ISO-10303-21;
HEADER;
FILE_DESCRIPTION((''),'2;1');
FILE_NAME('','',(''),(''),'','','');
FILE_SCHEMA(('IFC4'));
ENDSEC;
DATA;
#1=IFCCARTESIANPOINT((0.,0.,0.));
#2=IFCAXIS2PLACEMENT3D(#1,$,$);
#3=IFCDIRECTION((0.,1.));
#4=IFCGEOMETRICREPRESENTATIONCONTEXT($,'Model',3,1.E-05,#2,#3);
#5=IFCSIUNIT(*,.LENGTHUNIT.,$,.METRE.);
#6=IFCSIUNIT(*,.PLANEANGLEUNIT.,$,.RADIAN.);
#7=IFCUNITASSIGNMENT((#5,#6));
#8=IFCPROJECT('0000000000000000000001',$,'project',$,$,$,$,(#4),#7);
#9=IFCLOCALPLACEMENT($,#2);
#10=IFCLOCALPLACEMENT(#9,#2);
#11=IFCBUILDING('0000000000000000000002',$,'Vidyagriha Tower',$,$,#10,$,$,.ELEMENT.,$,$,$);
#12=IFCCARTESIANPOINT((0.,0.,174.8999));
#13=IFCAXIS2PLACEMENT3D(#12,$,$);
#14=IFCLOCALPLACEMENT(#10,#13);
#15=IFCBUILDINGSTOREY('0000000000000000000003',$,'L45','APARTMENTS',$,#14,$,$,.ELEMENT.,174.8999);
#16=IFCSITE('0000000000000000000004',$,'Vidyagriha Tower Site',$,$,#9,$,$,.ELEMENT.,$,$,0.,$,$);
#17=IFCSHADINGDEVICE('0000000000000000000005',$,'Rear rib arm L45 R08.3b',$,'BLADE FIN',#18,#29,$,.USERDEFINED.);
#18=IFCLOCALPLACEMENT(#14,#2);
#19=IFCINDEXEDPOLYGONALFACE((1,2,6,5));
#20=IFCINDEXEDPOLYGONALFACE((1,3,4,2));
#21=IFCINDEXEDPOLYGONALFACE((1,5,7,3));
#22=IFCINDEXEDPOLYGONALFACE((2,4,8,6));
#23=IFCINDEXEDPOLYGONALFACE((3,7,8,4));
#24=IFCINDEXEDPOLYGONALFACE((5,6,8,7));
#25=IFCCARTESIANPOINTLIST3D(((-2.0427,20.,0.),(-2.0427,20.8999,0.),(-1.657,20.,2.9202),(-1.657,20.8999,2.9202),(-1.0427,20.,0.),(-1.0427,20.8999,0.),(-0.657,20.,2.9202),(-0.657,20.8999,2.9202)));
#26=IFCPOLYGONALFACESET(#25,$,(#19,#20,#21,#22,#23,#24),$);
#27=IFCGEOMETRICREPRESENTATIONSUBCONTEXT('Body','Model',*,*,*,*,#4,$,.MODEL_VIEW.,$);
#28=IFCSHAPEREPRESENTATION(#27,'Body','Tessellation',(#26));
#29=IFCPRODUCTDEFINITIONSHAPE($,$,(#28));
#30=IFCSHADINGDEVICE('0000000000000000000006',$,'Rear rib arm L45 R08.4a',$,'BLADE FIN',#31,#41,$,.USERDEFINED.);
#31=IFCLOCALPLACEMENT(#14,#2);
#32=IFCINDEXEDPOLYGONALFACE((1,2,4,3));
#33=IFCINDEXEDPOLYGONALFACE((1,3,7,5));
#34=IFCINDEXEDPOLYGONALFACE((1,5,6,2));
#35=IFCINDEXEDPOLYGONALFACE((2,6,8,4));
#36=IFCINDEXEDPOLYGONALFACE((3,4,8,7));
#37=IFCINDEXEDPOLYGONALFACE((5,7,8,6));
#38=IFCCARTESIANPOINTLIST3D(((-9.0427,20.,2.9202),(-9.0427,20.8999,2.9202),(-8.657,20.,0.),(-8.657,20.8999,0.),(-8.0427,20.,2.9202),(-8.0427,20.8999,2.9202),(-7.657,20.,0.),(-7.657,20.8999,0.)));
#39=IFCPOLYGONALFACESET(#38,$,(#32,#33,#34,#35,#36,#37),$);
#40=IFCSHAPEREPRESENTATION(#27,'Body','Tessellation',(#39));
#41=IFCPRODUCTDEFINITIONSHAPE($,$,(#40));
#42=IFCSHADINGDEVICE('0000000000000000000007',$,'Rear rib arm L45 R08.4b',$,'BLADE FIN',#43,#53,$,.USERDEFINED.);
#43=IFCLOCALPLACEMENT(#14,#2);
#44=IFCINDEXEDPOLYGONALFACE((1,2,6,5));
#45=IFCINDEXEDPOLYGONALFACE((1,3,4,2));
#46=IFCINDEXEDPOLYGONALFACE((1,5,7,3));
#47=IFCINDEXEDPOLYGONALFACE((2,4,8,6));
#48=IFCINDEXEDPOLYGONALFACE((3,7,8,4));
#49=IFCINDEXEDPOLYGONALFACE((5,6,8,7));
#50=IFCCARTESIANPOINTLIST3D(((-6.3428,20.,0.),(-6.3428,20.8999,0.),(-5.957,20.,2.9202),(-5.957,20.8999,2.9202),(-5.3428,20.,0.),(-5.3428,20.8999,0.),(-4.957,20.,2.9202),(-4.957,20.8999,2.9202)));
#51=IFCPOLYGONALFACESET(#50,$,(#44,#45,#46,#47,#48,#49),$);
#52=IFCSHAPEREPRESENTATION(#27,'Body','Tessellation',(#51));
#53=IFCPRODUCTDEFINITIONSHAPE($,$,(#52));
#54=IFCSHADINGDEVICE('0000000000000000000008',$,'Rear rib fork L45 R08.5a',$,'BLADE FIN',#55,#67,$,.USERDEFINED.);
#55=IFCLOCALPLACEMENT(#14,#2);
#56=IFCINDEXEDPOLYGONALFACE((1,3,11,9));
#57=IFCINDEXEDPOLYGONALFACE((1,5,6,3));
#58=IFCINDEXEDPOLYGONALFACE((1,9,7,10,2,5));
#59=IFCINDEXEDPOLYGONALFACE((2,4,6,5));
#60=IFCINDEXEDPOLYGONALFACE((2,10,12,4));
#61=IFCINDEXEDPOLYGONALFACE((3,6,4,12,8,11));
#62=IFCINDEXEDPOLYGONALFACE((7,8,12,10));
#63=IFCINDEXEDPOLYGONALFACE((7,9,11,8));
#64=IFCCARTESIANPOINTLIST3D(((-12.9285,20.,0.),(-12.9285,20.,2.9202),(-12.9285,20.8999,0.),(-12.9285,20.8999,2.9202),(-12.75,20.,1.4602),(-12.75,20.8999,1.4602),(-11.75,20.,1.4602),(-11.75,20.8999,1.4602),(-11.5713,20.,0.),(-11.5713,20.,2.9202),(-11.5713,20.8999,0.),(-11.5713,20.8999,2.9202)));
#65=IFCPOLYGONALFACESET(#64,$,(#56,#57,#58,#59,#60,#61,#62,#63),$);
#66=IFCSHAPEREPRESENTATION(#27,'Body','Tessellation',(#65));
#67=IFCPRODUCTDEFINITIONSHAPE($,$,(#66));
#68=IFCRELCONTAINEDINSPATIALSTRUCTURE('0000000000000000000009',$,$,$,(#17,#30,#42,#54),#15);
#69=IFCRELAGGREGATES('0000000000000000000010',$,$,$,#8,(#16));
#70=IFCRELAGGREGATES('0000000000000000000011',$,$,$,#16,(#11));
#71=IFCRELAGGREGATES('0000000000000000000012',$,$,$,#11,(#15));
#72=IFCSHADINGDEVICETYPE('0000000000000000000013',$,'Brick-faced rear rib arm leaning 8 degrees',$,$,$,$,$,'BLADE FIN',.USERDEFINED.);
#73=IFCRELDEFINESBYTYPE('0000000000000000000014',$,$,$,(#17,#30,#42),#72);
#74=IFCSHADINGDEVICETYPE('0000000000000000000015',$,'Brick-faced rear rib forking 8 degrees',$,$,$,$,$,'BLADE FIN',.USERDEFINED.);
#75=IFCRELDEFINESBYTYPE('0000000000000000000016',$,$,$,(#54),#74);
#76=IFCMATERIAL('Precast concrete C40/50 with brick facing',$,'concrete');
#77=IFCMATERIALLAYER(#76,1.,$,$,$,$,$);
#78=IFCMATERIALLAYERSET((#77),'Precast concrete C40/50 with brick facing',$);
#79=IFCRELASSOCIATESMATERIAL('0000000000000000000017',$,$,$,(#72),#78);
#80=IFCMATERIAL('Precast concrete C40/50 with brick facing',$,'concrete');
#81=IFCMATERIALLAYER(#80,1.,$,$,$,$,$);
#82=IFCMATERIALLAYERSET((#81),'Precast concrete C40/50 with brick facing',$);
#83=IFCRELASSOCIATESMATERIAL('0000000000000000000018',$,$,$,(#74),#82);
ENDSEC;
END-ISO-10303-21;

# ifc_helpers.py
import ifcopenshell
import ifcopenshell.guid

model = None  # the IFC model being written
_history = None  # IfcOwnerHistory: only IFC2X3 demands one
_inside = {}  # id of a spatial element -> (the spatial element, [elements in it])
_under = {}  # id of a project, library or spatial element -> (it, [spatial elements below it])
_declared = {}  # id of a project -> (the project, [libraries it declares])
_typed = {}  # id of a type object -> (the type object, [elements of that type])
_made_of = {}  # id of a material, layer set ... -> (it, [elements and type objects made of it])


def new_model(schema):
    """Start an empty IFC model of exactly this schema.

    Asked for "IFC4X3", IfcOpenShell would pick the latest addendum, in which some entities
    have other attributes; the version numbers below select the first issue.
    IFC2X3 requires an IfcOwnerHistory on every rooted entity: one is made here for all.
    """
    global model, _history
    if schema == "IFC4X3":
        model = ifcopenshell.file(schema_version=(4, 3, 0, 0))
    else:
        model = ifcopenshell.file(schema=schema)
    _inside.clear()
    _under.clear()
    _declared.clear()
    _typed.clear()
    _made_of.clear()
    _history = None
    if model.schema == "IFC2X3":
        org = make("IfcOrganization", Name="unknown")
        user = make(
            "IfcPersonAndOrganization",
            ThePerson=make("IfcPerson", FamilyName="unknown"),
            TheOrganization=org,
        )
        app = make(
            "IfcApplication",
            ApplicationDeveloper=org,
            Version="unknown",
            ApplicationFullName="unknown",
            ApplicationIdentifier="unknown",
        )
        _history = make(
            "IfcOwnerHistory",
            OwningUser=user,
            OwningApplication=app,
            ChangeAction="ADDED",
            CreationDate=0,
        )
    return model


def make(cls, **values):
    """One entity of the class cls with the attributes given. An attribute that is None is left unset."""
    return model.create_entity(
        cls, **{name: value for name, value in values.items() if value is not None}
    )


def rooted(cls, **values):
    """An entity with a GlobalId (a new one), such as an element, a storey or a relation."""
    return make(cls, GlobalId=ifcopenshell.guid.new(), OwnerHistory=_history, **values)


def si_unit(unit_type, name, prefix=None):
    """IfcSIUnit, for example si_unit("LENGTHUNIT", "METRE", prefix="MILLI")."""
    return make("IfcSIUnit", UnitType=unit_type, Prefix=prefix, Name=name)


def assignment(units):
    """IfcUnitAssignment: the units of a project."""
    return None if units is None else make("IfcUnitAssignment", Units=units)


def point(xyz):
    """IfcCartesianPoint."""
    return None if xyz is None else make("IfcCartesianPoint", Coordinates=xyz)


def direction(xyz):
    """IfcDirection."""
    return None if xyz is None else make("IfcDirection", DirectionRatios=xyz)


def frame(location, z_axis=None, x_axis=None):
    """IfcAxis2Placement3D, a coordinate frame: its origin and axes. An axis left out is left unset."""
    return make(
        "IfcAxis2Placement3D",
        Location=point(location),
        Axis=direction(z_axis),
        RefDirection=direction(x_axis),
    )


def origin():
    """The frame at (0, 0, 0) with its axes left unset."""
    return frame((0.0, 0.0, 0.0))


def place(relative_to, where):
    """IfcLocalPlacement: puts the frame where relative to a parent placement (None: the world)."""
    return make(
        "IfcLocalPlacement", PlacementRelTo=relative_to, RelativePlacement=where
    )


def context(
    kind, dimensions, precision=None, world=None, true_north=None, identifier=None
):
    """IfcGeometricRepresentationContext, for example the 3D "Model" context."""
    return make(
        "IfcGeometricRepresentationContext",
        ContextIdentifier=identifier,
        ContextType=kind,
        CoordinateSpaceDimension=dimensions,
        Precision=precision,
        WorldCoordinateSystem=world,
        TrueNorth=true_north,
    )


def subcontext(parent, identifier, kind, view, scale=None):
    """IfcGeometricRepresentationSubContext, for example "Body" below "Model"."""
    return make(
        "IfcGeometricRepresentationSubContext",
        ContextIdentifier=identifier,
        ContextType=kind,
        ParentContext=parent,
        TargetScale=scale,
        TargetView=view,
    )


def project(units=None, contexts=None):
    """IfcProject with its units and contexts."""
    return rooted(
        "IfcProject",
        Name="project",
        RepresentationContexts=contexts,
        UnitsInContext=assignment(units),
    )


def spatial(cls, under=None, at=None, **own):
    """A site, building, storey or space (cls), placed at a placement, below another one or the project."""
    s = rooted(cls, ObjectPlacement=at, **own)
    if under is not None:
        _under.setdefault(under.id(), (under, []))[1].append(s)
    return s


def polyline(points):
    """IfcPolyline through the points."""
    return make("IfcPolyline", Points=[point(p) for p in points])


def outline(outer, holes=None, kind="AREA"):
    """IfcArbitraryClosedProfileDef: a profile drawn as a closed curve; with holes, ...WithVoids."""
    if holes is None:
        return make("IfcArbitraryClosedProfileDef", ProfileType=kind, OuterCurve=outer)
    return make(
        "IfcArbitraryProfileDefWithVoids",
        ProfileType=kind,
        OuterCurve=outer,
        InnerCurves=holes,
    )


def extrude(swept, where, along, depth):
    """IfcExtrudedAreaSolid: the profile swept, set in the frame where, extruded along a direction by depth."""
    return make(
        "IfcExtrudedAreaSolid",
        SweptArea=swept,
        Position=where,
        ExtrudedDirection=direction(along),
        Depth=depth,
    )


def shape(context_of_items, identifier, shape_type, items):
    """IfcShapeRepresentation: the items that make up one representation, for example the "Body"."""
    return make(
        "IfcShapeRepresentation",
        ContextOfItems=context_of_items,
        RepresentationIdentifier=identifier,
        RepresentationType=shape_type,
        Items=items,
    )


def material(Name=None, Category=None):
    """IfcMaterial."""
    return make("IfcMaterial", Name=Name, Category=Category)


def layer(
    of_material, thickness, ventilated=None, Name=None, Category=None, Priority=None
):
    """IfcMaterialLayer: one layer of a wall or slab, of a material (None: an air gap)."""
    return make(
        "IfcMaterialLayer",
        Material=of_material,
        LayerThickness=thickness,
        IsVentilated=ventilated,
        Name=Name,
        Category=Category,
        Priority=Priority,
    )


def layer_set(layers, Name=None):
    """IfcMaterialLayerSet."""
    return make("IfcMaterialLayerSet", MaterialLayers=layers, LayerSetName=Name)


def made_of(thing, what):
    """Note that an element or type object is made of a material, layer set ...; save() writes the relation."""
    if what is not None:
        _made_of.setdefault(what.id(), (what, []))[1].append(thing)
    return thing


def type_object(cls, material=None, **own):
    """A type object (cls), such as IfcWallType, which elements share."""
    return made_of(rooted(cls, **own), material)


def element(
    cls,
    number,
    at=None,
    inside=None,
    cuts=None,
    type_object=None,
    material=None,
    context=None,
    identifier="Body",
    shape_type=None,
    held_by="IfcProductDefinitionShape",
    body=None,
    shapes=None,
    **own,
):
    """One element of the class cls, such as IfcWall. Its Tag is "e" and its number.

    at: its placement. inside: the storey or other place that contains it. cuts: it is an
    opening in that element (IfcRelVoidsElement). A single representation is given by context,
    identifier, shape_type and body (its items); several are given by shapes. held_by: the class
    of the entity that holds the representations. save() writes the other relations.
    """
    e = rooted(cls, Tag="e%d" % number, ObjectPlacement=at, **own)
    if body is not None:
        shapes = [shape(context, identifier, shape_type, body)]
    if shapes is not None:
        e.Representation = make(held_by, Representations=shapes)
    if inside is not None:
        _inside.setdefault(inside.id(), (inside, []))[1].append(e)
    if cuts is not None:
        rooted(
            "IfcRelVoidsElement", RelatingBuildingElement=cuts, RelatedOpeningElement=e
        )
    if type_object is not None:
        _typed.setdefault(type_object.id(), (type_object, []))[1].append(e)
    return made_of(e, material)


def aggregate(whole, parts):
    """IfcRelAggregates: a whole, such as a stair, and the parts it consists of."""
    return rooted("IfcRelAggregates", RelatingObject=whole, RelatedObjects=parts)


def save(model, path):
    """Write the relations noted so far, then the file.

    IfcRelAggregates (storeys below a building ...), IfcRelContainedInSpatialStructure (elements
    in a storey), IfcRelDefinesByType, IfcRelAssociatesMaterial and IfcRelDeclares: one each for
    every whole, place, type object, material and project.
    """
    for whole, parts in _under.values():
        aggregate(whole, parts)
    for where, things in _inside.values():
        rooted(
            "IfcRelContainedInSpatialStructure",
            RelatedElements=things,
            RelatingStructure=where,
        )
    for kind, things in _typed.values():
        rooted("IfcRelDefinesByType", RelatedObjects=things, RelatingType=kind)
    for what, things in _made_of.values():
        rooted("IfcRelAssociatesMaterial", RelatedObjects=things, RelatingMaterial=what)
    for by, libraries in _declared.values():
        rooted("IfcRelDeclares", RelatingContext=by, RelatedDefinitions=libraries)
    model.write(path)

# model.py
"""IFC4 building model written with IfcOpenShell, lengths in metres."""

from ifc_helpers import new_model, si_unit, direction, frame, origin, place, context, subcontext, project, spatial, polyline, outline, extrude, material, layer, layer_set, type_object, element, save


model = new_model("IFC4")

# Units and contexts
model_context = context("Model", 3, precision=1e-05, world=origin(), true_north=direction((0.0, 1.0)))
body_context = subcontext(model_context, "Body", "Model", "MODEL_VIEW")
ifc_project = project(units=[si_unit("LENGTHUNIT", "METRE"), si_unit("PLANEANGLEUNIT", "RADIAN")], contexts=[model_context])

# Site, building, storey
site_placement = place(None, origin())
site = spatial("IfcSite", under=ifc_project, at=site_placement, Name="Vidyagriha Tower Site", CompositionType="ELEMENT", RefElevation=0.0)
building_placement = place(site_placement, origin())
building = spatial("IfcBuilding", under=site, at=building_placement, Name="Vidyagriha Tower", CompositionType="ELEMENT")
storey_placement = place(building_placement, frame((0.0, 0.0, 174.8999)))
storey = spatial("IfcBuildingStorey", under=building, at=storey_placement, Name="L45", Description="APARTMENTS", CompositionType="ELEMENT", Elevation=174.8999)

# Shading devices
ifc_material_1 = material(Name="Precast concrete C40/50 with brick facing", Category="concrete")
ifc_layer_1 = layer(ifc_material_1, 1.0)
ifc_layer_set_1 = layer_set([ifc_layer_1], Name="Precast concrete C40/50 with brick facing")
shading_device_type_1 = type_object("IfcShadingDeviceType", Name="Brick-faced rear rib arm leaning 8 degrees", ElementType="BLADE FIN", PredefinedType="USERDEFINED", material=ifc_layer_set_1)
shading_device_1_placement = place(storey_placement, frame((-0.657, 20.45, 0.0), z_axis=(0.0, 0.0, 1.0), x_axis=(-1.0, 0.0, 0.0)))
element("IfcShadingDevice", 1, at=shading_device_1_placement, inside=storey, type_object=shading_device_type_1, Name="Rear rib arm L45 R08.3b", ObjectType="BLADE FIN", PredefinedType="USERDEFINED", context=body_context, shape_type="SweptSolid", body=[
    extrude(outline(polyline([(0.3857, 0.0), (1.3857, 0.0), (1.0, 2.9202), (0.0, 2.9202), (0.3857, 0.0)])), frame((0.0, 0.45, 0.0), z_axis=(0.0, -1.0, 0.0), x_axis=(1.0, 0.0, 0.0)), (0.0, 0.0, 1.0), 0.8999),
])
shading_device_2_placement = place(storey_placement, frame((-7.657, 20.45, 0.0), z_axis=(0.0, 0.0, 1.0), x_axis=(-1.0, 0.0, 0.0)))
element("IfcShadingDevice", 2, at=shading_device_2_placement, inside=storey, type_object=shading_device_type_1, Name="Rear rib arm L45 R08.4a", ObjectType="BLADE FIN", PredefinedType="USERDEFINED", context=body_context, shape_type="SweptSolid", body=[
    extrude(outline(polyline([(0.0, 0.0), (1.0, 0.0), (1.3857, 2.9202), (0.3857, 2.9202), (0.0, 0.0)])), frame((0.0, 0.45, 0.0), z_axis=(0.0, -1.0, 0.0), x_axis=(1.0, 0.0, 0.0)), (0.0, 0.0, 1.0), 0.8999),
])
shading_device_3_placement = place(storey_placement, frame((-4.957, 20.45, 0.0), z_axis=(0.0, 0.0, 1.0), x_axis=(-1.0, 0.0, 0.0)))
element("IfcShadingDevice", 3, at=shading_device_3_placement, inside=storey, type_object=shading_device_type_1, Name="Rear rib arm L45 R08.4b", ObjectType="BLADE FIN", PredefinedType="USERDEFINED", context=body_context, shape_type="SweptSolid", body=[
    extrude(outline(polyline([(0.3857, 0.0), (1.3857, 0.0), (1.0, 2.9202), (0.0, 2.9202), (0.3857, 0.0)])), frame((0.0, 0.45, 0.0), z_axis=(0.0, -1.0, 0.0), x_axis=(1.0, 0.0, 0.0)), (0.0, 0.0, 1.0), 0.8999),
])
ifc_material_2 = material(Name="Precast concrete C40/50 with brick facing", Category="concrete")
ifc_layer_2 = layer(ifc_material_2, 1.0)
ifc_layer_set_2 = layer_set([ifc_layer_2], Name="Precast concrete C40/50 with brick facing")
shading_device_type_2 = type_object("IfcShadingDeviceType", Name="Brick-faced rear rib forking 8 degrees", ElementType="BLADE FIN", PredefinedType="USERDEFINED", material=ifc_layer_set_2)
shading_device_4_placement = place(storey_placement, frame((-11.5713, 20.45, 0.0), z_axis=(0.0, 0.0, 1.0), x_axis=(-1.0, 0.0, 0.0)))
element("IfcShadingDevice", 4, at=shading_device_4_placement, inside=storey, type_object=shading_device_type_2, Name="Rear rib fork L45 R08.5a", ObjectType="BLADE FIN", PredefinedType="USERDEFINED", context=body_context, shape_type="SweptSolid", body=[
    extrude(outline(polyline([(0.0, 0.0), (1.3572, 0.0), (1.1787, 1.4602), (1.3572, 2.9202), (0.0, 2.9202), (0.1787, 1.4602), (0.0, 0.0)])), frame((0.0, 0.45, 0.0), z_axis=(0.0, -1.0, 0.0), x_axis=(1.0, 0.0, 0.0)), (0.0, 0.0, 1.0), 0.8999),
])

save(model, "model.ifc")
